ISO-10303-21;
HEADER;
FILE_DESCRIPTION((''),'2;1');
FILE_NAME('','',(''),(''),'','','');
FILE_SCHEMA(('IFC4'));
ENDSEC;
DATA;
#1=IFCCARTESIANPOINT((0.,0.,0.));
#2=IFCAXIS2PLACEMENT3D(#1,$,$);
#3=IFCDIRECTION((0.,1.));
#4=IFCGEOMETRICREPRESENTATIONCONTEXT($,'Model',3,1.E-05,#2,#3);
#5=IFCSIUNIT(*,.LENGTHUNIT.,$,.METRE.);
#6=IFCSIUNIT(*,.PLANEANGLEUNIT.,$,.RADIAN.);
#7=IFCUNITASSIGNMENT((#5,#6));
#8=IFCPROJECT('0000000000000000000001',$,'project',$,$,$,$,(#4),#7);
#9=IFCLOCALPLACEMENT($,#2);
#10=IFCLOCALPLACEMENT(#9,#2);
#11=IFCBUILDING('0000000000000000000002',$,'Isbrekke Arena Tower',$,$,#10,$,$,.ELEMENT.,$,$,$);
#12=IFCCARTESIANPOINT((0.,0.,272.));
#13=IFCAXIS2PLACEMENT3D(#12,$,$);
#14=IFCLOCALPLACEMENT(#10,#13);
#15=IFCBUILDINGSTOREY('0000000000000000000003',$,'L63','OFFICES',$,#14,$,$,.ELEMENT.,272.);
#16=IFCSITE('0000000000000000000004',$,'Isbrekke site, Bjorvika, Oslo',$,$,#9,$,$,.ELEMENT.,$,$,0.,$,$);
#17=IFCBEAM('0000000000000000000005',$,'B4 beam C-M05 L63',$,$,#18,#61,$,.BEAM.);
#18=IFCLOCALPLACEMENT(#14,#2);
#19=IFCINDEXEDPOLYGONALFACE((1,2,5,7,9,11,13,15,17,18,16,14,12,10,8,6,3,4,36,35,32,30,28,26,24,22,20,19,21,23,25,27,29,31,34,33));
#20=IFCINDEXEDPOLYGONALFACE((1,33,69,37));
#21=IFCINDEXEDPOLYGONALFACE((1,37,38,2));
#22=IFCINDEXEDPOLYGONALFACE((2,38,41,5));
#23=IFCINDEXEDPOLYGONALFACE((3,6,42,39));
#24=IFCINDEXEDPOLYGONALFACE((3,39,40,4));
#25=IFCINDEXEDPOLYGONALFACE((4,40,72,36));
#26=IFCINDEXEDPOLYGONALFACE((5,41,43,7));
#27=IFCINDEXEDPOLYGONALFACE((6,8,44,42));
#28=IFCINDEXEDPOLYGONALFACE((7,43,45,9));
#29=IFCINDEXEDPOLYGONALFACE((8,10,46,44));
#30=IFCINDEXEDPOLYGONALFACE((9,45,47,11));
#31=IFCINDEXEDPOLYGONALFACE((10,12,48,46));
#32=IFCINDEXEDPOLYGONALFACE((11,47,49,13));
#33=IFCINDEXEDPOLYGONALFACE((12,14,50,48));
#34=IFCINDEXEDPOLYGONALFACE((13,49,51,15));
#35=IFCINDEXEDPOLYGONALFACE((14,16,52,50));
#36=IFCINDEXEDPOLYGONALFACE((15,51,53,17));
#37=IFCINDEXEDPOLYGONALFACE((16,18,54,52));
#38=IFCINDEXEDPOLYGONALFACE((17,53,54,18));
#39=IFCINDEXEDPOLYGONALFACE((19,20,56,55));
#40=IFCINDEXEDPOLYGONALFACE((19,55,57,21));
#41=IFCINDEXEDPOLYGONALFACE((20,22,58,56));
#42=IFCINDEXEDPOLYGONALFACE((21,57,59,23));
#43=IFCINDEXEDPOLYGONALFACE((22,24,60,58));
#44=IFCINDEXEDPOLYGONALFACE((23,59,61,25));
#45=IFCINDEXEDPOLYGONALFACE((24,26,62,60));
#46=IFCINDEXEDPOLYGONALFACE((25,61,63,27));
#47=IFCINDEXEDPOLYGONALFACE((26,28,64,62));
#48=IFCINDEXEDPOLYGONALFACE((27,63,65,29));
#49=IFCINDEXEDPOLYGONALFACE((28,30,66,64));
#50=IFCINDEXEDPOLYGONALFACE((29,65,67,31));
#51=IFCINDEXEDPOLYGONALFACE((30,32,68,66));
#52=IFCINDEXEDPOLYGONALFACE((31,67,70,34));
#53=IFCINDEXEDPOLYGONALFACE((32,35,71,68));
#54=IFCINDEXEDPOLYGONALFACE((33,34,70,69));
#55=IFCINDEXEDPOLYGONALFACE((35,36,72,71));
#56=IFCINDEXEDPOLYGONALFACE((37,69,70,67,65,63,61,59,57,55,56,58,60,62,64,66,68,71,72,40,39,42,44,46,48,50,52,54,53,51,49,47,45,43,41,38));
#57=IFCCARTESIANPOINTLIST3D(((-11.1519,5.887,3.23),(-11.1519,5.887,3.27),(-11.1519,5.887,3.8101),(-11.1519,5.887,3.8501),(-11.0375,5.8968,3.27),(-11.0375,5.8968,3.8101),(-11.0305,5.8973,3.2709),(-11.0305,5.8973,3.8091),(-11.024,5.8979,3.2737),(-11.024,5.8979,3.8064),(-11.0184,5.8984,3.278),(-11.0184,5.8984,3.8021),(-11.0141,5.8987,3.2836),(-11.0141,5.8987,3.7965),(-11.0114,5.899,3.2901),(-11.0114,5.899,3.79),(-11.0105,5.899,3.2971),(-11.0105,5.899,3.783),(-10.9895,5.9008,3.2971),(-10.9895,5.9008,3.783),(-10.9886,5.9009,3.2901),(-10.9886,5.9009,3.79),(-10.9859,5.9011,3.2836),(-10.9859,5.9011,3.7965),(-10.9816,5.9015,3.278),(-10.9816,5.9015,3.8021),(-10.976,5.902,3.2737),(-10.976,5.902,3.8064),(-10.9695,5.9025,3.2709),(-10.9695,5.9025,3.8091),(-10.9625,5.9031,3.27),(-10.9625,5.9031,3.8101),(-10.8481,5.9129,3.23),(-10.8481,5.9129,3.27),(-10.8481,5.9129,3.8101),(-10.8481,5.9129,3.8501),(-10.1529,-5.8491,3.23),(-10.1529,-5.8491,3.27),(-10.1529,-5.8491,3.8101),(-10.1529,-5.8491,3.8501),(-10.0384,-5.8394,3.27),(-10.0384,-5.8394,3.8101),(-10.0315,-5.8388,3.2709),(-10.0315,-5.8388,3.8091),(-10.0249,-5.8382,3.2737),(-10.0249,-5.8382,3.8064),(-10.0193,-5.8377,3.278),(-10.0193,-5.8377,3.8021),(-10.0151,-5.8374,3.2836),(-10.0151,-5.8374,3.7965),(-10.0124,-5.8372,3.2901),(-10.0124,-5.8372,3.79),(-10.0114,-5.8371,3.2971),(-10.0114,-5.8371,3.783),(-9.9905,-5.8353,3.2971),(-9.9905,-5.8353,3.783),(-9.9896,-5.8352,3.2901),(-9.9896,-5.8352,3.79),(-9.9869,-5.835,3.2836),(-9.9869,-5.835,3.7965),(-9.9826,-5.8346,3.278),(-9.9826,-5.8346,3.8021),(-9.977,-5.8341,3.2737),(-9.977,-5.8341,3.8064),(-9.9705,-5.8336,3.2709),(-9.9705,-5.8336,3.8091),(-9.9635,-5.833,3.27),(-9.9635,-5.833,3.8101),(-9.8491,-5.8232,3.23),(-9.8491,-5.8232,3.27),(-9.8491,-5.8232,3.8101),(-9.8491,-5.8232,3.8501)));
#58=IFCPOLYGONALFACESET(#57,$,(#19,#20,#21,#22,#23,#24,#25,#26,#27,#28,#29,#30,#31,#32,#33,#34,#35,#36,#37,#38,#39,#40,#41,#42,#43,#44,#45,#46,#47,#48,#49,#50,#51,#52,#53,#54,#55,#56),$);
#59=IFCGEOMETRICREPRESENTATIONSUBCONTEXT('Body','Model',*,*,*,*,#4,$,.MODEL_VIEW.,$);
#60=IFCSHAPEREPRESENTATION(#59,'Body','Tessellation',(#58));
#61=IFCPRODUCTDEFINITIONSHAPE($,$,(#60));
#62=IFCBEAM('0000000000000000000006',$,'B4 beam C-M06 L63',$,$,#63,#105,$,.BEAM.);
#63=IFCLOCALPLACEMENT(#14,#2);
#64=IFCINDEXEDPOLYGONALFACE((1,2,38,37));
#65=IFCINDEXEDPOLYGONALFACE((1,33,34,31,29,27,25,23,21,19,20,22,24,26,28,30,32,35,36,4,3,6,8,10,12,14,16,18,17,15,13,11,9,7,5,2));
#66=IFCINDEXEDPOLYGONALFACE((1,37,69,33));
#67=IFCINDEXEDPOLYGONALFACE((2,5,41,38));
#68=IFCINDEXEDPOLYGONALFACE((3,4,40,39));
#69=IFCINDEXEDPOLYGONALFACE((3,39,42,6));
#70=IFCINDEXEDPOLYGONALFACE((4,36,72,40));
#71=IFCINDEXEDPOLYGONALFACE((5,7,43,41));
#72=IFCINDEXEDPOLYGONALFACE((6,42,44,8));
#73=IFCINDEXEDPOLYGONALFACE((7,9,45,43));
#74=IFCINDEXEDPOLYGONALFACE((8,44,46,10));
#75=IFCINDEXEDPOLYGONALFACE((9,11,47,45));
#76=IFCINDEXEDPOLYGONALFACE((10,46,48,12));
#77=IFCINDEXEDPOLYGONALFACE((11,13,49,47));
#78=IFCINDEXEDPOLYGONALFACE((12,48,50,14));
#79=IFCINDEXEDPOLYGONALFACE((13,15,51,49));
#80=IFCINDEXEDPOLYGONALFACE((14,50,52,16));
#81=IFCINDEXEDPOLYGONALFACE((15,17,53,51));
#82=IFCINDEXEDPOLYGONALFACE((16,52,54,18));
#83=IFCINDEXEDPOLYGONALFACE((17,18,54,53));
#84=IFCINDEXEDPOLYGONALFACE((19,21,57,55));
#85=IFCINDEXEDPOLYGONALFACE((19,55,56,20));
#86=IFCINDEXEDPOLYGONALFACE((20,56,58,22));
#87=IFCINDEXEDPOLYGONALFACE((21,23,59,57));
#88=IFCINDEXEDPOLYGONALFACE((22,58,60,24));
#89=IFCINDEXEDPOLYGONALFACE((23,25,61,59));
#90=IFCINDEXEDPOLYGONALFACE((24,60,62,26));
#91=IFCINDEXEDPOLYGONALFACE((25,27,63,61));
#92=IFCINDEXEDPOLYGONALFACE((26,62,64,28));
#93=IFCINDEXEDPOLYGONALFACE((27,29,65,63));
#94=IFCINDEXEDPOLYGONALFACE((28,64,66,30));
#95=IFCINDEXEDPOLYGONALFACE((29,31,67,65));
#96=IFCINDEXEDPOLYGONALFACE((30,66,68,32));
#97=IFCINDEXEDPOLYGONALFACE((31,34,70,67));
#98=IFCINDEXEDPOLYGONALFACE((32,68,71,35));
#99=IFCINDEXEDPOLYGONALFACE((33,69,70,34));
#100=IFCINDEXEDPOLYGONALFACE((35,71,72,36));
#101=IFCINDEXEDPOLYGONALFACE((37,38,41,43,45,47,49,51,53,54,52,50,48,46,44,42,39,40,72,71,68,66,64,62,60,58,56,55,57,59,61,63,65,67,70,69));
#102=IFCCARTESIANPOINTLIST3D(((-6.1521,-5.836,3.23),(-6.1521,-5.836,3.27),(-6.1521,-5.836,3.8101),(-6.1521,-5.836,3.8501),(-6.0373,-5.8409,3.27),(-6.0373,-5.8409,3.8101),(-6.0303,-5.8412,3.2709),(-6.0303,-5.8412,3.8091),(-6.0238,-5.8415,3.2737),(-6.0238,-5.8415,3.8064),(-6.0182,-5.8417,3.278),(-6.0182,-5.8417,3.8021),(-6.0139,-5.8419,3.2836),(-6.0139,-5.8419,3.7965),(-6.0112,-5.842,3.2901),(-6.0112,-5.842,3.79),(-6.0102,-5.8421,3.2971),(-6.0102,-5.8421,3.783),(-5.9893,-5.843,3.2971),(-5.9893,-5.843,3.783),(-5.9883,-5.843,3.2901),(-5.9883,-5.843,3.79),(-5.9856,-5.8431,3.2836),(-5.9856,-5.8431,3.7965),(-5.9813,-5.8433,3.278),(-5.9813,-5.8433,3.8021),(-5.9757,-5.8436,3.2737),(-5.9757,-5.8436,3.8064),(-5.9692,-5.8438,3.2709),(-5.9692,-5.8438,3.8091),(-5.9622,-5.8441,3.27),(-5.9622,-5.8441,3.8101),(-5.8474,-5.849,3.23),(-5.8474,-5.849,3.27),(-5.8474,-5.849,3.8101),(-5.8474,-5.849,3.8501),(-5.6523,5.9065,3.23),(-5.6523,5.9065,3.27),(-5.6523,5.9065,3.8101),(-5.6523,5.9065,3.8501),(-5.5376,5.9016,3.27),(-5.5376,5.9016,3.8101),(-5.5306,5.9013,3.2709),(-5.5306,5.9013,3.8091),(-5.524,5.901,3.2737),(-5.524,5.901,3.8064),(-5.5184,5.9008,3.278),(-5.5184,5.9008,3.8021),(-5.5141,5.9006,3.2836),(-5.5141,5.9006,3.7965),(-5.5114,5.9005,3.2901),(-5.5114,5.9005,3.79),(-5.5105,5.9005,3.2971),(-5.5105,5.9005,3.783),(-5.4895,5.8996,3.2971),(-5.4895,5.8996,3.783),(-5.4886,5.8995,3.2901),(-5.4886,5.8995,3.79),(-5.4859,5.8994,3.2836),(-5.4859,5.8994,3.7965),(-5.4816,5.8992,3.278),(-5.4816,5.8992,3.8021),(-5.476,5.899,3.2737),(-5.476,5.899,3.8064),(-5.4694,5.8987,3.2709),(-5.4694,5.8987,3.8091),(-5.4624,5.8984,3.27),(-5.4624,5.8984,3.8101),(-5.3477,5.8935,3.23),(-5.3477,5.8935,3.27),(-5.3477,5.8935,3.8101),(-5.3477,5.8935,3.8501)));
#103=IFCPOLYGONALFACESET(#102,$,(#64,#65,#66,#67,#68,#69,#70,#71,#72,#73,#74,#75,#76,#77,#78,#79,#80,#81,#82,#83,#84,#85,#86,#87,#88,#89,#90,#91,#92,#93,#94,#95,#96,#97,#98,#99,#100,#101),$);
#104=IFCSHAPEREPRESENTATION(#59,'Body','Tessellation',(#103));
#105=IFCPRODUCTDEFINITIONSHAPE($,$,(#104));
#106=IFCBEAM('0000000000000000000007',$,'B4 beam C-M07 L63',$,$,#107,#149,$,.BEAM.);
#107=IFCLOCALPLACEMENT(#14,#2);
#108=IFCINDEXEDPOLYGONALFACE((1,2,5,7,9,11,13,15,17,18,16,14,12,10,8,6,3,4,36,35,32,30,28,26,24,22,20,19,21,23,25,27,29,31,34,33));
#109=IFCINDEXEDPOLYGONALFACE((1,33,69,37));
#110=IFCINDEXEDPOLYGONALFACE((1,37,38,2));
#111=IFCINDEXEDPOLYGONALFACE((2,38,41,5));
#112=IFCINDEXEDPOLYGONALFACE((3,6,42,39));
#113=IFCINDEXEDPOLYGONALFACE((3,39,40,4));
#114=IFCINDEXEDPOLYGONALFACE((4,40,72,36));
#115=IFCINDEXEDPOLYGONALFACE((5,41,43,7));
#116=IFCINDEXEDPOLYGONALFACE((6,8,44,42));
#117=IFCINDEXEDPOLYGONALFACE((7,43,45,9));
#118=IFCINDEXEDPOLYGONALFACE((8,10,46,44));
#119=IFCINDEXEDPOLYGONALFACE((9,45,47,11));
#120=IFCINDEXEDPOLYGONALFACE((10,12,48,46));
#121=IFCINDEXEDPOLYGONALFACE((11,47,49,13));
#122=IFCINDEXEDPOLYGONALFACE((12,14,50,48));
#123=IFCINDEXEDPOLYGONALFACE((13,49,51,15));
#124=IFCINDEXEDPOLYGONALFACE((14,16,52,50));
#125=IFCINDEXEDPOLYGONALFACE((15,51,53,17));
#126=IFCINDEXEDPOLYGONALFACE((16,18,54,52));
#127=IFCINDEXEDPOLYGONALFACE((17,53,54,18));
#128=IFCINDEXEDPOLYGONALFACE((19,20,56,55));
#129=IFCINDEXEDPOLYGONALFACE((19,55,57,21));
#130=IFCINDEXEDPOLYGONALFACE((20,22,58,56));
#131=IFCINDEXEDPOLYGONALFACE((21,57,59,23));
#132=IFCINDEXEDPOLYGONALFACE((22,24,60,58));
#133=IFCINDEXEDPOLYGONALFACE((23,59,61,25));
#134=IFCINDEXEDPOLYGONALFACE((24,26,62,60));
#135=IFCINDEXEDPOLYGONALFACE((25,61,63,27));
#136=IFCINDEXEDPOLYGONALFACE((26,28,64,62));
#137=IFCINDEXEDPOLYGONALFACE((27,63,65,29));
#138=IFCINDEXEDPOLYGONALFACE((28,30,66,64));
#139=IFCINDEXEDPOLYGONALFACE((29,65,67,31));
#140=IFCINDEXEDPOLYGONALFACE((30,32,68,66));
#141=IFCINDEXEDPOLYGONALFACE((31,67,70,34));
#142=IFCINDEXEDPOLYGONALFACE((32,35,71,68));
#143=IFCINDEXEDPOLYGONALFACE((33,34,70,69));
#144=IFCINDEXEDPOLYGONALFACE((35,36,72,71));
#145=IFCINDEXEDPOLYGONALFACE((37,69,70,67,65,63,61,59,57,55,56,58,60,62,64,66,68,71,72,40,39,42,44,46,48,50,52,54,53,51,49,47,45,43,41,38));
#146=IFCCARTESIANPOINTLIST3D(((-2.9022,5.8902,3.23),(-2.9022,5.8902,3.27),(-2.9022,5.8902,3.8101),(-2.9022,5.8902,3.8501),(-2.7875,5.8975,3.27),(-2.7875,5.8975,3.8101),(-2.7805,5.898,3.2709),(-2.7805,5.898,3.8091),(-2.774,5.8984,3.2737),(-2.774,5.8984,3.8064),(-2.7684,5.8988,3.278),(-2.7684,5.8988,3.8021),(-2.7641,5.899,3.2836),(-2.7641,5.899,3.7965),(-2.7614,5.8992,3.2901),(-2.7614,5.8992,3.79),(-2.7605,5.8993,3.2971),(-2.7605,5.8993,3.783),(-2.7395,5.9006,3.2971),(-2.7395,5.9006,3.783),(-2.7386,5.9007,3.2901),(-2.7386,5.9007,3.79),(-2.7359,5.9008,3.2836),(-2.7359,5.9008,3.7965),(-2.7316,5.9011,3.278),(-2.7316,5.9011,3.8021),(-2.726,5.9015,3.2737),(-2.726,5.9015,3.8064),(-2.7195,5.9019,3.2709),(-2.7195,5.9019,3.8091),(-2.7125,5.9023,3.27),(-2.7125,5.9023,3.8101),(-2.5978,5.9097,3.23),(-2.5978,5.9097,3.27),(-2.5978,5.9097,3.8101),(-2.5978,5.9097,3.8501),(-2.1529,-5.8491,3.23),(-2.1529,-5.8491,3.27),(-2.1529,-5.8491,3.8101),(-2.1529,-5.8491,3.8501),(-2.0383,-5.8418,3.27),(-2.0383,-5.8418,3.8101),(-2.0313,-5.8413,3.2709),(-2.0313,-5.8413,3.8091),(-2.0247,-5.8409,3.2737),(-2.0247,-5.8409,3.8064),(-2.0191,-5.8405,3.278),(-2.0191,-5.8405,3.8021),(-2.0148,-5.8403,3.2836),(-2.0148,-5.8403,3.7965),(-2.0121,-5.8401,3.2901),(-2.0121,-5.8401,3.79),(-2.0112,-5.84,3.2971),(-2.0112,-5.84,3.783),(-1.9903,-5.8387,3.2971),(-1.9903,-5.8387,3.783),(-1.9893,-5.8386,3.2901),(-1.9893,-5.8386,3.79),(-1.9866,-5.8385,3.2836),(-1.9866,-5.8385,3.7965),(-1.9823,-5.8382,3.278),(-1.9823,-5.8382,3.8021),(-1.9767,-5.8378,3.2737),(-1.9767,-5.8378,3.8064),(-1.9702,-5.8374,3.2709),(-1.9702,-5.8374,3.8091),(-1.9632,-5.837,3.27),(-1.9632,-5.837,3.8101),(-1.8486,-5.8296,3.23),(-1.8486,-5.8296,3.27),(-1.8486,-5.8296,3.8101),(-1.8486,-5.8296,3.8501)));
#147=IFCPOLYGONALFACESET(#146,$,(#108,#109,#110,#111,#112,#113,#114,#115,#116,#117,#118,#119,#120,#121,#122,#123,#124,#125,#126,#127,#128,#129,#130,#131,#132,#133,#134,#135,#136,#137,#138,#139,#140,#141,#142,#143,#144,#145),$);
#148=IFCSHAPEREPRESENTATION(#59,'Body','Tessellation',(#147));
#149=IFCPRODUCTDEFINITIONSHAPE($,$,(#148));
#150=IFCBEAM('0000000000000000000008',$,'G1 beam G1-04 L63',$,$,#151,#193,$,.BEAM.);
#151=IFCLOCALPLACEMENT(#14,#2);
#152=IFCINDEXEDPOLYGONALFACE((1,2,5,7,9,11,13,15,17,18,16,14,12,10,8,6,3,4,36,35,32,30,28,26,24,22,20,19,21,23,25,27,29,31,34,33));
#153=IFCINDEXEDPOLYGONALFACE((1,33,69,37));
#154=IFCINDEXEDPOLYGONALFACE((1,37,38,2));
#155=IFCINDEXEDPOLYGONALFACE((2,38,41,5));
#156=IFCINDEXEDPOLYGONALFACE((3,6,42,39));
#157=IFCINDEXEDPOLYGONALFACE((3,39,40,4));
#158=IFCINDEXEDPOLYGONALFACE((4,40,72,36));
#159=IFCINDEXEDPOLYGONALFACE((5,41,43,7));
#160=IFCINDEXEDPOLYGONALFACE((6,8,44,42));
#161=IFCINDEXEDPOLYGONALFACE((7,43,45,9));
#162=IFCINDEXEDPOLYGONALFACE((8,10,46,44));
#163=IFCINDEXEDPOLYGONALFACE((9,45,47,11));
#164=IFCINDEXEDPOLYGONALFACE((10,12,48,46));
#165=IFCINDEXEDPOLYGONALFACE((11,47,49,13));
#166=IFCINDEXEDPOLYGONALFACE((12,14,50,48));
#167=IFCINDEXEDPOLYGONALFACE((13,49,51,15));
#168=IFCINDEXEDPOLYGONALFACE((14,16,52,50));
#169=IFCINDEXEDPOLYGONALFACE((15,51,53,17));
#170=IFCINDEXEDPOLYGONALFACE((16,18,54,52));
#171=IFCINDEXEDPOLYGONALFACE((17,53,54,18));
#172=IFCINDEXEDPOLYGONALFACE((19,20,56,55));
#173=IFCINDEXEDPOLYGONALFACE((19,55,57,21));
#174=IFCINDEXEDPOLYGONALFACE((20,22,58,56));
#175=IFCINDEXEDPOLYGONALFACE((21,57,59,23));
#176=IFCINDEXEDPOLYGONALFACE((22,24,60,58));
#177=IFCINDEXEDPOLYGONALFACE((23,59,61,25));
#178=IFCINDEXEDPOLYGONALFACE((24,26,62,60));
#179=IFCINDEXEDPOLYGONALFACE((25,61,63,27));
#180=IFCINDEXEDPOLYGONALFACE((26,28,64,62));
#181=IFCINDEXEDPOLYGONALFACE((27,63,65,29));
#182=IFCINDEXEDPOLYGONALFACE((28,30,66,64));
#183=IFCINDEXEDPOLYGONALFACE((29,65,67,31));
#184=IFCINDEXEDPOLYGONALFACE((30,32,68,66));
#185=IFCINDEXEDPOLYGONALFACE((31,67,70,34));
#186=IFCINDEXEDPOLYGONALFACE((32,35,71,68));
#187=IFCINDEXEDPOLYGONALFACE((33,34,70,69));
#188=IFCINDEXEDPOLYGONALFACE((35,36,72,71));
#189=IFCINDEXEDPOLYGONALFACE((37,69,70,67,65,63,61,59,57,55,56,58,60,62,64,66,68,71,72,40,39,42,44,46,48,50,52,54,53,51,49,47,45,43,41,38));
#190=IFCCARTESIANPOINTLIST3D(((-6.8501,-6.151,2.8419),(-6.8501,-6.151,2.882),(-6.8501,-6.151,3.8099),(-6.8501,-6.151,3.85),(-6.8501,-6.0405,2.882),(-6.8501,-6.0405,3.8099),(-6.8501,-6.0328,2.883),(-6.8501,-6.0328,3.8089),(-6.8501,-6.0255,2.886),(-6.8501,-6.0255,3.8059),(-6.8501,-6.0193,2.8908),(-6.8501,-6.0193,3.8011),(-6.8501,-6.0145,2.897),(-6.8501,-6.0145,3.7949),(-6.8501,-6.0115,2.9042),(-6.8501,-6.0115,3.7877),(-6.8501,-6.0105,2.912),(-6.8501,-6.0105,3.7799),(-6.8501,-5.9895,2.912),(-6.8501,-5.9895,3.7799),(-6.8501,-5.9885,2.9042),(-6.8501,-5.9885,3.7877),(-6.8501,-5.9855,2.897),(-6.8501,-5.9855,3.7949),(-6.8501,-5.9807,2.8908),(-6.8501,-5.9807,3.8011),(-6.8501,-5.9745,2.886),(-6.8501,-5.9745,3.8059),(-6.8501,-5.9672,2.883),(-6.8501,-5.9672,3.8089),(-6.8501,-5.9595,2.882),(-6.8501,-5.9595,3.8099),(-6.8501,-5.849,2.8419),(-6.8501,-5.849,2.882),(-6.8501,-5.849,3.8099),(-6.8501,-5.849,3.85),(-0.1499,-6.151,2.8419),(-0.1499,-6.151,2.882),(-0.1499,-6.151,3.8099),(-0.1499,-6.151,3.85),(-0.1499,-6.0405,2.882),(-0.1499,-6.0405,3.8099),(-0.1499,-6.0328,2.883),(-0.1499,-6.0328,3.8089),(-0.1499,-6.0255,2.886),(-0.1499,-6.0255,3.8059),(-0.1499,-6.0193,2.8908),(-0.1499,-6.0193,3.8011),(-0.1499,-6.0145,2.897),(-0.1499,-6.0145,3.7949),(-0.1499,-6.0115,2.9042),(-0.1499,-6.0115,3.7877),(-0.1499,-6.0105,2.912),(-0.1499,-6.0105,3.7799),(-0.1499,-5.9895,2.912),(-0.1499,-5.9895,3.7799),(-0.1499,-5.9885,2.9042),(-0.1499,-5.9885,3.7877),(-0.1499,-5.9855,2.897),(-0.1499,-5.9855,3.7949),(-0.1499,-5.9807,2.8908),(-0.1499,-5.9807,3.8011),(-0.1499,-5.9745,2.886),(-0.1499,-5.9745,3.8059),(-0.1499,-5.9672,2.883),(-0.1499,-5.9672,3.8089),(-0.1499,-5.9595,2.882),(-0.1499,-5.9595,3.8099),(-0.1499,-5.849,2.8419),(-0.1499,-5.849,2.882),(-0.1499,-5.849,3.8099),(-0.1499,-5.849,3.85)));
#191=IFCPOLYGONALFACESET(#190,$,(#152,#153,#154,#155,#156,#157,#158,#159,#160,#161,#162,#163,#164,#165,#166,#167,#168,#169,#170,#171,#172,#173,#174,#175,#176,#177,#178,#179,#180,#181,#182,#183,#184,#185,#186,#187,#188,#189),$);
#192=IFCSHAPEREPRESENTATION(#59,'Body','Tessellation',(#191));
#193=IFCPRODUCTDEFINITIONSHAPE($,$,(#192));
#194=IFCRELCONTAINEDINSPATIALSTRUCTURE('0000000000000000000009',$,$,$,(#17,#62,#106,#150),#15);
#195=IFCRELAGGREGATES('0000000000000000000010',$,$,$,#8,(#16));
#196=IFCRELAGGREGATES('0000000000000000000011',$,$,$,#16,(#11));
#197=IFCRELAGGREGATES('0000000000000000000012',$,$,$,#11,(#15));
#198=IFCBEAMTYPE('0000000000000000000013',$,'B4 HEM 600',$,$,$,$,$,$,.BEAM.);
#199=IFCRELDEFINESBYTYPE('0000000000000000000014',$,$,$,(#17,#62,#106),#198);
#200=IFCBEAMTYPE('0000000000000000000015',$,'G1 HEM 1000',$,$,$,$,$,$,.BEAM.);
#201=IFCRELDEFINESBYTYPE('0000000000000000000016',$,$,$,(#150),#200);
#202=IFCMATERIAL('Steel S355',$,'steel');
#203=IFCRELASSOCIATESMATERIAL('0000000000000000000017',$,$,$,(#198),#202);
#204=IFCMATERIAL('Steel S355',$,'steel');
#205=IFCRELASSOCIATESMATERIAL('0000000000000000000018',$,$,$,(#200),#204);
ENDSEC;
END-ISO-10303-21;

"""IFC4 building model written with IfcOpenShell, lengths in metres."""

from ifc_helpers import new_model, si_unit, direction, frame, origin, origin_2d, place, context, subcontext, project, spatial, i_section, extrude, material, material_profile, profile_set, type_object, element, save


model = new_model("IFC4")

# Units and contexts
model_context = context("Model", 3, precision=1e-05, world=origin(), true_north=direction((0.0, 1.0)))
body_context = subcontext(model_context, "Body", "Model", "MODEL_VIEW")
ifc_project = project(units=[si_unit("LENGTHUNIT", "METRE"), si_unit("PLANEANGLEUNIT", "RADIAN")], contexts=[model_context])

# Site, building, storey
site_placement = place(None, origin())
site = spatial("IfcSite", under=ifc_project, at=site_placement, Name="Isbrekke site, Bjorvika, Oslo", CompositionType="ELEMENT", RefElevation=0.0)
building_placement = place(site_placement, origin())
building = spatial("IfcBuilding", under=site, at=building_placement, Name="Isbrekke Arena Tower", CompositionType="ELEMENT")
storey_placement = place(building_placement, frame((0.0, 0.0, 272.0)))
storey = spatial("IfcBuildingStorey", under=building, at=storey_placement, Name="L63", Description="OFFICES", CompositionType="ELEMENT", Elevation=272.0)

# Beams
ifc_material_1 = material(Name="Steel S355", Category="steel")
ifc_material_profile_1 = material_profile(ifc_material_1, i_section(OverallWidth=0.3049, OverallDepth=0.6201, WebThickness=0.021, FlangeThickness=0.04, FilletRadius=0.0271, at=origin_2d()), Name="HEM 600")
ifc_profile_set_1 = profile_set([ifc_material_profile_1], Name="Steel S355")
beam_type_1 = type_object("IfcBeamType", Name="B4 HEM 600", PredefinedType="BEAM", material=ifc_profile_set_1)
beam_1_placement = place(storey_placement, frame((-10.001, -5.8362, 3.54), z_axis=(-0.084817, 0.996397, 0.0), x_axis=(-0.996397, -0.084817, 0.0)))
element("IfcBeam", 1, at=beam_1_placement, inside=storey, type_object=beam_type_1, Name="B4 beam C-M05 L63", PredefinedType="BEAM", context=body_context, shape_type="SweptSolid", body=[
    extrude(i_section(OverallWidth=0.3049, OverallDepth=0.6201, WebThickness=0.021, FlangeThickness=0.04, FilletRadius=0.0271, at=origin_2d()), origin(), (0.0, 0.0, 1.0), 11.7786),
])
beam_2_placement = place(storey_placement, frame((-5.9998, -5.8425, 3.54), z_axis=(0.042521, 0.999096, 0.0), x_axis=(-0.999096, 0.042521, 0.0)))
element("IfcBeam", 2, at=beam_2_placement, inside=storey, type_object=beam_type_1, Name="B4 beam C-M06 L63", PredefinedType="BEAM", context=body_context, shape_type="SweptSolid", body=[
    extrude(i_section(OverallWidth=0.3049, OverallDepth=0.6201, WebThickness=0.021, FlangeThickness=0.04, FilletRadius=0.0271, at=origin_2d()), origin(), (0.0, 0.0, 1.0), 11.7532),
])
beam_3_placement = place(storey_placement, frame((-2.0007, -5.8394, 3.54), z_axis=(-0.063696, 0.997969, 0.0), x_axis=(-0.997969, -0.063696, 0.0)))
element("IfcBeam", 3, at=beam_3_placement, inside=storey, type_object=beam_type_1, Name="B4 beam C-M07 L63", PredefinedType="BEAM", context=body_context, shape_type="SweptSolid", body=[
    extrude(i_section(OverallWidth=0.3049, OverallDepth=0.6201, WebThickness=0.021, FlangeThickness=0.04, FilletRadius=0.0271, at=origin_2d()), origin(), (0.0, 0.0, 1.0), 11.7632),
])
ifc_material_2 = material(Name="Steel S355", Category="steel")
ifc_material_profile_2 = material_profile(ifc_material_2, i_section(OverallWidth=0.302, OverallDepth=1.0081, WebThickness=0.021, FlangeThickness=0.04, FilletRadius=0.03, at=origin_2d()), Name="HEM 1000")
ifc_profile_set_2 = profile_set([ifc_material_profile_2], Name="Steel S355")
beam_type_2 = type_object("IfcBeamType", Name="G1 HEM 1000", PredefinedType="BEAM", material=ifc_profile_set_2)
beam_4_placement = place(storey_placement, frame((-6.8501, -6.0, 3.3459), z_axis=(1.0, 0.0, 0.0), x_axis=(0.0, 1.0, 0.0)))
element("IfcBeam", 4, at=beam_4_placement, inside=storey, type_object=beam_type_2, Name="G1 beam G1-04 L63", PredefinedType="BEAM", context=body_context, shape_type="SweptSolid", body=[
    extrude(i_section(OverallWidth=0.302, OverallDepth=1.0081, WebThickness=0.021, FlangeThickness=0.04, FilletRadius=0.03, at=origin_2d()), origin(), (0.0, 0.0, 1.0), 6.7002),
])

save(model, "model.ifc")
